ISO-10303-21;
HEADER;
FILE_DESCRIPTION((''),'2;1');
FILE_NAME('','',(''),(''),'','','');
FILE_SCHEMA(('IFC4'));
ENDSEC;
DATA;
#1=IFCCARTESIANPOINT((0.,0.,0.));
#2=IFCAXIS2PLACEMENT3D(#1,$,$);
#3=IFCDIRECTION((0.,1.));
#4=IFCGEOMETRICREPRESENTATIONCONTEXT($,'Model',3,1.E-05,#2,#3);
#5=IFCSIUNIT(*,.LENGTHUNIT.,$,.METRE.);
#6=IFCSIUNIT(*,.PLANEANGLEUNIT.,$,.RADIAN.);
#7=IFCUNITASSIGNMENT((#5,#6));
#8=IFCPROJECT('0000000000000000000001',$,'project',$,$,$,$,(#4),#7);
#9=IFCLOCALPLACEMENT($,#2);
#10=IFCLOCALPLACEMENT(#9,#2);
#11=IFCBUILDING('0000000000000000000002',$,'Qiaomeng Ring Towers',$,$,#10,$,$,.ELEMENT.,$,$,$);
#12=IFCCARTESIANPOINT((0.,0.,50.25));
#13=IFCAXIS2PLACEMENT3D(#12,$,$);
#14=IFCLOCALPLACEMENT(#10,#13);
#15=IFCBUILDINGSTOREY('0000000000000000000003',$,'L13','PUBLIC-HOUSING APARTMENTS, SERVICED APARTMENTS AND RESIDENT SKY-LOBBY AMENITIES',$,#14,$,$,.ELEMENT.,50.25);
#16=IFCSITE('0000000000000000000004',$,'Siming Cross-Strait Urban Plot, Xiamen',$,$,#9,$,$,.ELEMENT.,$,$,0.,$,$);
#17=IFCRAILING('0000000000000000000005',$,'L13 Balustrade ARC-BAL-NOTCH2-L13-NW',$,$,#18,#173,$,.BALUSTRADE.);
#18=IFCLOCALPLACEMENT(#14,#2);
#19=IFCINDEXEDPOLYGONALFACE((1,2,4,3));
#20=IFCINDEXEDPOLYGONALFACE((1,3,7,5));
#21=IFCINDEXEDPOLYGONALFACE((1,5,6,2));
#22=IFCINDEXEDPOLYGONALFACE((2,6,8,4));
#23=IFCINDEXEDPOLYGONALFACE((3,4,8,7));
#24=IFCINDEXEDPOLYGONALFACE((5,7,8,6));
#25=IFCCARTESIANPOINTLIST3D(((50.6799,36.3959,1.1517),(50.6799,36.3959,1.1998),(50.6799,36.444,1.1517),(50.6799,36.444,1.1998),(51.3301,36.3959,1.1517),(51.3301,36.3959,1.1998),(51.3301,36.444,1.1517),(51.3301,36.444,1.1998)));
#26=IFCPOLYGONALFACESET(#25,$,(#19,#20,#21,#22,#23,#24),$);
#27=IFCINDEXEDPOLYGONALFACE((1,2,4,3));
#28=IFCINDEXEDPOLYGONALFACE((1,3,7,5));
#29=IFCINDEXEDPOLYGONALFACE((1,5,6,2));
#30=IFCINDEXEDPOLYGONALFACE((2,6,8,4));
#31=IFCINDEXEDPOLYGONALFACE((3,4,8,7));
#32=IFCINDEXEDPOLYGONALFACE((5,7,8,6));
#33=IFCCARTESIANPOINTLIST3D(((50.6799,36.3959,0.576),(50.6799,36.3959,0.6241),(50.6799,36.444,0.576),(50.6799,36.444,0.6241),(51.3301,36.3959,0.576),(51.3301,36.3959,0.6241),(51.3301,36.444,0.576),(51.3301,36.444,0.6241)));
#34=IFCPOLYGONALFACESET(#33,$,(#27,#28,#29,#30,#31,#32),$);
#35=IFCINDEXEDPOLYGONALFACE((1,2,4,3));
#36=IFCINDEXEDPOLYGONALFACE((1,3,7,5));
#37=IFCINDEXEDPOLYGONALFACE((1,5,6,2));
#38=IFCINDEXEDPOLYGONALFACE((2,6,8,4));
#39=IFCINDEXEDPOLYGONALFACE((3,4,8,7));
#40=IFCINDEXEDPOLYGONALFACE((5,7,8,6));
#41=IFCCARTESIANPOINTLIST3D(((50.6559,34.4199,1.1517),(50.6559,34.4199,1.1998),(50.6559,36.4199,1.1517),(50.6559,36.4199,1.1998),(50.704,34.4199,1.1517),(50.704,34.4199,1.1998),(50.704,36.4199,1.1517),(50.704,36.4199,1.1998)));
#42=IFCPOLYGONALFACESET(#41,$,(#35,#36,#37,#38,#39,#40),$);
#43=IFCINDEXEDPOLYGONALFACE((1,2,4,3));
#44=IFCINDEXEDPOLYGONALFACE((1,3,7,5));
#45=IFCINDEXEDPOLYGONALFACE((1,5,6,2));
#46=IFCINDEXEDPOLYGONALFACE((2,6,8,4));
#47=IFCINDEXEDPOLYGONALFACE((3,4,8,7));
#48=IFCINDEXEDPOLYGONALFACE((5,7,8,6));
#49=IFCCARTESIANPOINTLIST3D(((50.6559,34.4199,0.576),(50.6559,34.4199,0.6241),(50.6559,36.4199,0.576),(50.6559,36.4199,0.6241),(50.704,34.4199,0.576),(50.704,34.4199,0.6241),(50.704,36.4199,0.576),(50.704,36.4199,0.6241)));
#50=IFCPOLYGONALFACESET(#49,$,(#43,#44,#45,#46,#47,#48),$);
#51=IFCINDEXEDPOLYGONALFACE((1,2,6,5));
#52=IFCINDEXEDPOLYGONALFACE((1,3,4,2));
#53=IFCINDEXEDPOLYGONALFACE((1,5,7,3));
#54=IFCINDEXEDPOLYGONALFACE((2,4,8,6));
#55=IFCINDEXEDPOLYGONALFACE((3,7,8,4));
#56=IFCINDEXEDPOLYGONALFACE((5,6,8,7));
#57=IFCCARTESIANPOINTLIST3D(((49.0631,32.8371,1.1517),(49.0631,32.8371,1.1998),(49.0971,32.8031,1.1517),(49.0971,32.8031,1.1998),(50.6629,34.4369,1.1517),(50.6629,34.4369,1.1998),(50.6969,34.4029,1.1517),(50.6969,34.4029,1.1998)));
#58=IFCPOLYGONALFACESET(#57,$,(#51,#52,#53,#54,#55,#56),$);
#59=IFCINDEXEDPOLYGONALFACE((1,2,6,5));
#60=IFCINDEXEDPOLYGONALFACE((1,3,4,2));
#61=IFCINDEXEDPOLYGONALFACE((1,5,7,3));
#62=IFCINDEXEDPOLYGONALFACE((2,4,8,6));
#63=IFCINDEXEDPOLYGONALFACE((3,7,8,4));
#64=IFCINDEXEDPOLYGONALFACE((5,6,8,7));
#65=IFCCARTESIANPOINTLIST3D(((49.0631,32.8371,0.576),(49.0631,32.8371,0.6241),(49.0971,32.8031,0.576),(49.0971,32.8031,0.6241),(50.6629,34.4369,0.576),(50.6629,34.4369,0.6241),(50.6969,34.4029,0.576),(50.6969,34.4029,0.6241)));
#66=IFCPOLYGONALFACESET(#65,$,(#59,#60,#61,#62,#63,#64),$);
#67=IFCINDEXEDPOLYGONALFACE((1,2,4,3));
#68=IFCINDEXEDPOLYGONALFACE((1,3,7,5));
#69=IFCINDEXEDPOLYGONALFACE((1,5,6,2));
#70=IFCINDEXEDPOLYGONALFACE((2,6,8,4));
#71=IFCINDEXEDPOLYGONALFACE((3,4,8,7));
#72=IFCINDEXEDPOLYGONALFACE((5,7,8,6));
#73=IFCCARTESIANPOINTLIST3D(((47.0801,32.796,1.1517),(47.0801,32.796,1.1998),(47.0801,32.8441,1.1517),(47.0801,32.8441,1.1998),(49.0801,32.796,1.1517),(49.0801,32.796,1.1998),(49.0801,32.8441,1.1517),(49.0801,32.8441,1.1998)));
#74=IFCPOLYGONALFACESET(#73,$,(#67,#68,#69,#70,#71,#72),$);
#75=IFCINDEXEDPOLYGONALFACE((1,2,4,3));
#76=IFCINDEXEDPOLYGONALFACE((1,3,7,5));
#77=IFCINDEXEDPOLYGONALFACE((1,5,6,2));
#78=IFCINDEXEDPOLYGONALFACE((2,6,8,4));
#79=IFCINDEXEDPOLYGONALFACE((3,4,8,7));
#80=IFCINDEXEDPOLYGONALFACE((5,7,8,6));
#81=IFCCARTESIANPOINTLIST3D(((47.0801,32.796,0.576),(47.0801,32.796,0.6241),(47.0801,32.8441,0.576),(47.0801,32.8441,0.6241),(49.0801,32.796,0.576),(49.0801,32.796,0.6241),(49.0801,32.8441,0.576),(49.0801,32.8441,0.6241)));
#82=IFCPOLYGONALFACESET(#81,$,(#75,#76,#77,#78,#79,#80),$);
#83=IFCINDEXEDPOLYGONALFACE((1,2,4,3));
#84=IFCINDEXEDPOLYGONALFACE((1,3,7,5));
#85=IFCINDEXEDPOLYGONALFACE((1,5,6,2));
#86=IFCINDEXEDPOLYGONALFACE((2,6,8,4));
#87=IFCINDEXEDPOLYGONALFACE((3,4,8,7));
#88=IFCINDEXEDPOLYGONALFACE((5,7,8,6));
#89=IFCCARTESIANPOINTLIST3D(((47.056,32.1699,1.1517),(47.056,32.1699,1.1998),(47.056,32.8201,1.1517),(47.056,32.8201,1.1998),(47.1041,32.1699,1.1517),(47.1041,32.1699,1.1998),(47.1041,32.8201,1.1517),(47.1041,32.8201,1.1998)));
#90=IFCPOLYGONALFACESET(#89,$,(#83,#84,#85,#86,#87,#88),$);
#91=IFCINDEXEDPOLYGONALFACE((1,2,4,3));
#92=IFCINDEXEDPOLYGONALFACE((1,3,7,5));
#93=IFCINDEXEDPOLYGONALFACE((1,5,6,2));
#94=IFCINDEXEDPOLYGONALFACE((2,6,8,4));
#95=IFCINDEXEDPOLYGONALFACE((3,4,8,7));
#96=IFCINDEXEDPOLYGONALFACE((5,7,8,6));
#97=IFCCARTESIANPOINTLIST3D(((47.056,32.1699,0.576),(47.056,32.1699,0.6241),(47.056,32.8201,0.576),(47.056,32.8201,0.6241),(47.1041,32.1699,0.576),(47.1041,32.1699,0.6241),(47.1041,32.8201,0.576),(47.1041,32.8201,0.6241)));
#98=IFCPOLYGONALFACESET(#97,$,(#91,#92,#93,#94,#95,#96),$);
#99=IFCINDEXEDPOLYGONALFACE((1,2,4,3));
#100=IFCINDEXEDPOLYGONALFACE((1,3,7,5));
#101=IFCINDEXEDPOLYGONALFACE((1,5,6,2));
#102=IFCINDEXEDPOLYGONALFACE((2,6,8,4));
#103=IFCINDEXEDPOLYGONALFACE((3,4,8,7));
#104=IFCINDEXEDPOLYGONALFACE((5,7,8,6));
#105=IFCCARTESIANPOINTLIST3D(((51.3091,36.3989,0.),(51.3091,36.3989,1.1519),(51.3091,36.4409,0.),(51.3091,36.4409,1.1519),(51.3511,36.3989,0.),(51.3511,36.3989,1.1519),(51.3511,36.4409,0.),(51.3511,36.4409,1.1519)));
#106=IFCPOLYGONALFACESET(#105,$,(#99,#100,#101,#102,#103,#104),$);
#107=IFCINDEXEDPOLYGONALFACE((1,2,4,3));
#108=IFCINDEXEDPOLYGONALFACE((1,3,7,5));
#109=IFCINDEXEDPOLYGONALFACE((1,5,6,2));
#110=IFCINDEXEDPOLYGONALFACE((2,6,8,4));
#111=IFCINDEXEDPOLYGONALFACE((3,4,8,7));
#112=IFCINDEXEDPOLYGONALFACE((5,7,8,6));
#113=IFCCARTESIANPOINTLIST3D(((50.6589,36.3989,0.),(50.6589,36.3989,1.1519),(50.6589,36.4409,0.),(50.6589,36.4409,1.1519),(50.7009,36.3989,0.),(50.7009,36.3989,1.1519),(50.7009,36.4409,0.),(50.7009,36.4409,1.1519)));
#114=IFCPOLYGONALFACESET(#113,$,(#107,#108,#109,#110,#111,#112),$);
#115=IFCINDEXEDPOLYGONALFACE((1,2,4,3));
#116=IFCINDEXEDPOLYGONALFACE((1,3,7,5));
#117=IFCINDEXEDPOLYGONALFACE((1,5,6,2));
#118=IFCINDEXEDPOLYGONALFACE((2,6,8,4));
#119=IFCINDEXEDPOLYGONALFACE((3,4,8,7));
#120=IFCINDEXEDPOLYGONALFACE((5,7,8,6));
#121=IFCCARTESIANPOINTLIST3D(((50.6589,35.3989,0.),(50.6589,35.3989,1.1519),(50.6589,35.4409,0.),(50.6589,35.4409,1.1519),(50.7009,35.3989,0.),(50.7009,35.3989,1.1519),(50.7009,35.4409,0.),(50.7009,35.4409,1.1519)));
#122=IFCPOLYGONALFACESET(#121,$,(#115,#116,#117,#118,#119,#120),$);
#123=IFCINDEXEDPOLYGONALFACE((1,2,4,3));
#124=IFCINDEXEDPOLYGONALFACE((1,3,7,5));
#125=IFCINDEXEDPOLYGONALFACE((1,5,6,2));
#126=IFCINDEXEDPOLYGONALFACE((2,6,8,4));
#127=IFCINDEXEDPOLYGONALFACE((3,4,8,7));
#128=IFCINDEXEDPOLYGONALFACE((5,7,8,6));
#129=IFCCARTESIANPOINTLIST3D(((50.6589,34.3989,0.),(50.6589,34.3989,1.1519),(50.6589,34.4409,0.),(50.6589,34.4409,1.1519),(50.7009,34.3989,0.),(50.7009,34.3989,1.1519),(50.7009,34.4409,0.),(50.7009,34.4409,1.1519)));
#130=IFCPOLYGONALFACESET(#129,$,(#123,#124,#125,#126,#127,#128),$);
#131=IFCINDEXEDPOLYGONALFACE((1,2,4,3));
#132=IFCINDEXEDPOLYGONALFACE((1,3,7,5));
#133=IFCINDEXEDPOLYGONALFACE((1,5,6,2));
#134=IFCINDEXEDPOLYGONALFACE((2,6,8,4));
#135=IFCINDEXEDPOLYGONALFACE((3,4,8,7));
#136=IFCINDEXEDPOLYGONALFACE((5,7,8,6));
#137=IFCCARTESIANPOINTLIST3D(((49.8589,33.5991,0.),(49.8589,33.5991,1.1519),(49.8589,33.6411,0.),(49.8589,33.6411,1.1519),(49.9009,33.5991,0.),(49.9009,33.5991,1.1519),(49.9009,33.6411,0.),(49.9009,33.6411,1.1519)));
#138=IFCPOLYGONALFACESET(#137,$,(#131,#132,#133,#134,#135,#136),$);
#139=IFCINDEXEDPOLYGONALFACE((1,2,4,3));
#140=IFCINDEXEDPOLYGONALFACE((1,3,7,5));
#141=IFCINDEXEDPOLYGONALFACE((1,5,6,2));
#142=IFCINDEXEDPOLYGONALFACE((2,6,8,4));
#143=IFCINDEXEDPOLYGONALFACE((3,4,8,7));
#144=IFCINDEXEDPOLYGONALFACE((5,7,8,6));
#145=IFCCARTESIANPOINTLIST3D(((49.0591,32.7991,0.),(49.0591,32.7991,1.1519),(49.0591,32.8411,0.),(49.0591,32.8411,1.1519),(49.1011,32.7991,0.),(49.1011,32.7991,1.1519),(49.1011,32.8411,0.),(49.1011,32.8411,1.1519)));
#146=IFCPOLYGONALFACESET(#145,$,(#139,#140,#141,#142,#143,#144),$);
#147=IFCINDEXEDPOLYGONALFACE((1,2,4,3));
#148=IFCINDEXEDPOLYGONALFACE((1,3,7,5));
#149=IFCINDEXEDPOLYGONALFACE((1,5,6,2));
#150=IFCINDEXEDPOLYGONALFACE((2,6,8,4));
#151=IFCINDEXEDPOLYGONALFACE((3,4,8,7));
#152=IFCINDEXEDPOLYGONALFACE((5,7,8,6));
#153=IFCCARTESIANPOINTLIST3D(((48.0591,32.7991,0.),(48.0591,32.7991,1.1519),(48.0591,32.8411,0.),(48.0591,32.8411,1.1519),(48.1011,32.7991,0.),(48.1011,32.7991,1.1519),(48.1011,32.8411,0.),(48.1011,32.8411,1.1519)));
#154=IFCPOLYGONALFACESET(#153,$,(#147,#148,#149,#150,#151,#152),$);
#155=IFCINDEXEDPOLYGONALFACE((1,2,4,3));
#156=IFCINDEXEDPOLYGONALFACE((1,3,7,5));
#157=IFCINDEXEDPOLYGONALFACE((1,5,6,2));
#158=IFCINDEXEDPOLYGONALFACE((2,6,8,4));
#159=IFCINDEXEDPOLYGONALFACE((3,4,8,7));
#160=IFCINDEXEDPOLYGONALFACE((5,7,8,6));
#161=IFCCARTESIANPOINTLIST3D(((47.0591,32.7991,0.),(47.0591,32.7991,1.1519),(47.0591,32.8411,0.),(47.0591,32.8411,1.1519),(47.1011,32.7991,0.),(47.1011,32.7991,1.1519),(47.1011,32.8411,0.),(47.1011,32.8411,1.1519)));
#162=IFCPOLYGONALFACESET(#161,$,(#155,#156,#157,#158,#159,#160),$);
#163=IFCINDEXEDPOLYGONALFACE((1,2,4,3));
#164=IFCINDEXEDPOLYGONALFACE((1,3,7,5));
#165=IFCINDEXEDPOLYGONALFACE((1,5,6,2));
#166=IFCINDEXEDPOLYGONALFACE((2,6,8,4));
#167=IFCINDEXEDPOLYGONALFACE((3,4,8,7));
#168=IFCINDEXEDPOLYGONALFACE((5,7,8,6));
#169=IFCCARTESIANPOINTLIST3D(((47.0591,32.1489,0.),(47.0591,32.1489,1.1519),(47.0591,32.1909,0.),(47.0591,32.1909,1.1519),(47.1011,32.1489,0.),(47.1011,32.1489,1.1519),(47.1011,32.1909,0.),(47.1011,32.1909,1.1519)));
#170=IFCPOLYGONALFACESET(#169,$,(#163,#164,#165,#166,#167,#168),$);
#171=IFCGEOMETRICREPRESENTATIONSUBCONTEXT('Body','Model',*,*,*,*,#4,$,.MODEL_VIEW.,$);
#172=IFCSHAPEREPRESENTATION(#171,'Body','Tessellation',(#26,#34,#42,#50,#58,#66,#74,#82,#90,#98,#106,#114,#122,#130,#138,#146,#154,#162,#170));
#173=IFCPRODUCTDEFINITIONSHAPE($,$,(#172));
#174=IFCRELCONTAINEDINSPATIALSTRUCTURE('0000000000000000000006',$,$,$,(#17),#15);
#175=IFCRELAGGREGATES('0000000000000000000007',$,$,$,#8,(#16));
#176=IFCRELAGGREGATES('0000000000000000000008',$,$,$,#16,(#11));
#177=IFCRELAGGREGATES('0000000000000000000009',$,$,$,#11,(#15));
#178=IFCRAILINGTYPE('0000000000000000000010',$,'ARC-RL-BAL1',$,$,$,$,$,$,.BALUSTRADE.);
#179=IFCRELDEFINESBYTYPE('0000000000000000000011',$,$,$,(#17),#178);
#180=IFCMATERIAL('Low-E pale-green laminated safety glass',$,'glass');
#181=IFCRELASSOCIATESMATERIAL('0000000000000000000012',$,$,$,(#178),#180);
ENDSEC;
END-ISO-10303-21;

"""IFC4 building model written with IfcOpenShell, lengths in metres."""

from ifc_helpers import new_model, si_unit, direction, frame, origin, origin_2d, place, context, subcontext, project, spatial, rectangle, extrude, material, type_object, element, save


model = new_model("IFC4")

# Units and contexts
model_context = context("Model", 3, precision=1e-05, world=origin(), true_north=direction((0.0, 1.0)))
body_context = subcontext(model_context, "Body", "Model", "MODEL_VIEW")
ifc_project = project(units=[si_unit("LENGTHUNIT", "METRE"), si_unit("PLANEANGLEUNIT", "RADIAN")], contexts=[model_context])

# Site, building, storey
site_placement = place(None, origin())
site = spatial("IfcSite", under=ifc_project, at=site_placement, Name="Siming Cross-Strait Urban Plot, Xiamen", CompositionType="ELEMENT", RefElevation=0.0)
building_placement = place(site_placement, origin())
building = spatial("IfcBuilding", under=site, at=building_placement, Name="Qiaomeng Ring Towers", CompositionType="ELEMENT")
storey_placement = place(building_placement, frame((0.0, 0.0, 50.25)))
storey = spatial("IfcBuildingStorey", under=building, at=storey_placement, Name="L13", Description="PUBLIC-HOUSING APARTMENTS, SERVICED APARTMENTS AND RESIDENT SKY-LOBBY AMENITIES", CompositionType="ELEMENT", Elevation=50.25)

# Railing
ifc_material_1 = material(Name="Low-E pale-green laminated safety glass", Category="glass")
railing_type = type_object("IfcRailingType", Name="ARC-RL-BAL1", PredefinedType="BALUSTRADE", material=ifc_material_1)
railing_1_placement = place(storey_placement, frame((51.3301, 36.4199, 0.0)))
element("IfcRailing", 1, at=railing_1_placement, inside=storey, type_object=railing_type, Name="L13 Balustrade ARC-BAL-NOTCH2-L13-NW", PredefinedType="BALUSTRADE", context=body_context, shape_type="SweptSolid", body=[
    extrude(rectangle(XDim=0.0481, YDim=0.0481, at=origin_2d()), frame((0.0, 0.0, 1.1758), z_axis=(-1.0, 0.0, 0.0), x_axis=(0.0, -1.0, 0.0)), (0.0, 0.0, 1.0), 0.6501),
    extrude(rectangle(XDim=0.0481, YDim=0.0481, at=origin_2d()), frame((0.0, 0.0, 0.6001), z_axis=(-1.0, 0.0, 0.0), x_axis=(0.0, -1.0, 0.0)), (0.0, 0.0, 1.0), 0.6501),
    extrude(rectangle(XDim=0.0481, YDim=0.0481, at=origin_2d()), frame((-0.6501, 0.0, 1.1758), z_axis=(0.0, -1.0, 0.0), x_axis=(1.0, 0.0, 0.0)), (0.0, 0.0, 1.0), 2.0),
    extrude(rectangle(XDim=0.0481, YDim=0.0481, at=origin_2d()), frame((-0.6501, 0.0, 0.6001), z_axis=(0.0, -1.0, 0.0), x_axis=(1.0, 0.0, 0.0)), (0.0, 0.0, 1.0), 2.0),
    extrude(rectangle(XDim=0.0481, YDim=0.0481, at=origin_2d()), frame((-0.6501, -2.0, 1.1758), z_axis=(-0.707107, -0.707107, 0.0), x_axis=(0.707107, -0.707107, 0.0)), (0.0, 0.0, 1.0), 2.2625),
    extrude(rectangle(XDim=0.0481, YDim=0.0481, at=origin_2d()), frame((-0.6501, -2.0, 0.6001), z_axis=(-0.707107, -0.707107, 0.0), x_axis=(0.707107, -0.707107, 0.0)), (0.0, 0.0, 1.0), 2.2625),
    extrude(rectangle(XDim=0.0481, YDim=0.0481, at=origin_2d()), frame((-2.25, -3.5999, 1.1758), z_axis=(-1.0, 0.0, 0.0), x_axis=(0.0, -1.0, 0.0)), (0.0, 0.0, 1.0), 2.0),
    extrude(rectangle(XDim=0.0481, YDim=0.0481, at=origin_2d()), frame((-2.25, -3.5999, 0.6001), z_axis=(-1.0, 0.0, 0.0), x_axis=(0.0, -1.0, 0.0)), (0.0, 0.0, 1.0), 2.0),
    extrude(rectangle(XDim=0.0481, YDim=0.0481, at=origin_2d()), frame((-4.25, -3.5999, 1.1758), z_axis=(0.0, -1.0, 0.0), x_axis=(1.0, 0.0, 0.0)), (0.0, 0.0, 1.0), 0.6501),
    extrude(rectangle(XDim=0.0481, YDim=0.0481, at=origin_2d()), frame((-4.25, -3.5999, 0.6001), z_axis=(0.0, -1.0, 0.0), x_axis=(1.0, 0.0, 0.0)), (0.0, 0.0, 1.0), 0.6501),
    extrude(rectangle(XDim=0.042, YDim=0.042, at=origin_2d()), origin(), (0.0, 0.0, 1.0), 1.1519),
    extrude(rectangle(XDim=0.042, YDim=0.042, at=origin_2d()), frame((-0.6501, 0.0, 0.0)), (0.0, 0.0, 1.0), 1.1519),
    extrude(rectangle(XDim=0.042, YDim=0.042, at=origin_2d()), frame((-0.6501, -1.0, 0.0)), (0.0, 0.0, 1.0), 1.1519),
    extrude(rectangle(XDim=0.042, YDim=0.042, at=origin_2d()), frame((-0.6501, -2.0, 0.0)), (0.0, 0.0, 1.0), 1.1519),
    extrude(rectangle(XDim=0.042, YDim=0.042, at=origin_2d()), frame((-1.4502, -2.7998, 0.0)), (0.0, 0.0, 1.0), 1.1519),
    extrude(rectangle(XDim=0.042, YDim=0.042, at=origin_2d()), frame((-2.25, -3.5999, 0.0)), (0.0, 0.0, 1.0), 1.1519),
    extrude(rectangle(XDim=0.042, YDim=0.042, at=origin_2d()), frame((-3.25, -3.5999, 0.0)), (0.0, 0.0, 1.0), 1.1519),
    extrude(rectangle(XDim=0.042, YDim=0.042, at=origin_2d()), frame((-4.25, -3.5999, 0.0)), (0.0, 0.0, 1.0), 1.1519),
    extrude(rectangle(XDim=0.042, YDim=0.042, at=origin_2d()), frame((-4.25, -4.25, 0.0)), (0.0, 0.0, 1.0), 1.1519),
])

save(model, "model.ifc")
